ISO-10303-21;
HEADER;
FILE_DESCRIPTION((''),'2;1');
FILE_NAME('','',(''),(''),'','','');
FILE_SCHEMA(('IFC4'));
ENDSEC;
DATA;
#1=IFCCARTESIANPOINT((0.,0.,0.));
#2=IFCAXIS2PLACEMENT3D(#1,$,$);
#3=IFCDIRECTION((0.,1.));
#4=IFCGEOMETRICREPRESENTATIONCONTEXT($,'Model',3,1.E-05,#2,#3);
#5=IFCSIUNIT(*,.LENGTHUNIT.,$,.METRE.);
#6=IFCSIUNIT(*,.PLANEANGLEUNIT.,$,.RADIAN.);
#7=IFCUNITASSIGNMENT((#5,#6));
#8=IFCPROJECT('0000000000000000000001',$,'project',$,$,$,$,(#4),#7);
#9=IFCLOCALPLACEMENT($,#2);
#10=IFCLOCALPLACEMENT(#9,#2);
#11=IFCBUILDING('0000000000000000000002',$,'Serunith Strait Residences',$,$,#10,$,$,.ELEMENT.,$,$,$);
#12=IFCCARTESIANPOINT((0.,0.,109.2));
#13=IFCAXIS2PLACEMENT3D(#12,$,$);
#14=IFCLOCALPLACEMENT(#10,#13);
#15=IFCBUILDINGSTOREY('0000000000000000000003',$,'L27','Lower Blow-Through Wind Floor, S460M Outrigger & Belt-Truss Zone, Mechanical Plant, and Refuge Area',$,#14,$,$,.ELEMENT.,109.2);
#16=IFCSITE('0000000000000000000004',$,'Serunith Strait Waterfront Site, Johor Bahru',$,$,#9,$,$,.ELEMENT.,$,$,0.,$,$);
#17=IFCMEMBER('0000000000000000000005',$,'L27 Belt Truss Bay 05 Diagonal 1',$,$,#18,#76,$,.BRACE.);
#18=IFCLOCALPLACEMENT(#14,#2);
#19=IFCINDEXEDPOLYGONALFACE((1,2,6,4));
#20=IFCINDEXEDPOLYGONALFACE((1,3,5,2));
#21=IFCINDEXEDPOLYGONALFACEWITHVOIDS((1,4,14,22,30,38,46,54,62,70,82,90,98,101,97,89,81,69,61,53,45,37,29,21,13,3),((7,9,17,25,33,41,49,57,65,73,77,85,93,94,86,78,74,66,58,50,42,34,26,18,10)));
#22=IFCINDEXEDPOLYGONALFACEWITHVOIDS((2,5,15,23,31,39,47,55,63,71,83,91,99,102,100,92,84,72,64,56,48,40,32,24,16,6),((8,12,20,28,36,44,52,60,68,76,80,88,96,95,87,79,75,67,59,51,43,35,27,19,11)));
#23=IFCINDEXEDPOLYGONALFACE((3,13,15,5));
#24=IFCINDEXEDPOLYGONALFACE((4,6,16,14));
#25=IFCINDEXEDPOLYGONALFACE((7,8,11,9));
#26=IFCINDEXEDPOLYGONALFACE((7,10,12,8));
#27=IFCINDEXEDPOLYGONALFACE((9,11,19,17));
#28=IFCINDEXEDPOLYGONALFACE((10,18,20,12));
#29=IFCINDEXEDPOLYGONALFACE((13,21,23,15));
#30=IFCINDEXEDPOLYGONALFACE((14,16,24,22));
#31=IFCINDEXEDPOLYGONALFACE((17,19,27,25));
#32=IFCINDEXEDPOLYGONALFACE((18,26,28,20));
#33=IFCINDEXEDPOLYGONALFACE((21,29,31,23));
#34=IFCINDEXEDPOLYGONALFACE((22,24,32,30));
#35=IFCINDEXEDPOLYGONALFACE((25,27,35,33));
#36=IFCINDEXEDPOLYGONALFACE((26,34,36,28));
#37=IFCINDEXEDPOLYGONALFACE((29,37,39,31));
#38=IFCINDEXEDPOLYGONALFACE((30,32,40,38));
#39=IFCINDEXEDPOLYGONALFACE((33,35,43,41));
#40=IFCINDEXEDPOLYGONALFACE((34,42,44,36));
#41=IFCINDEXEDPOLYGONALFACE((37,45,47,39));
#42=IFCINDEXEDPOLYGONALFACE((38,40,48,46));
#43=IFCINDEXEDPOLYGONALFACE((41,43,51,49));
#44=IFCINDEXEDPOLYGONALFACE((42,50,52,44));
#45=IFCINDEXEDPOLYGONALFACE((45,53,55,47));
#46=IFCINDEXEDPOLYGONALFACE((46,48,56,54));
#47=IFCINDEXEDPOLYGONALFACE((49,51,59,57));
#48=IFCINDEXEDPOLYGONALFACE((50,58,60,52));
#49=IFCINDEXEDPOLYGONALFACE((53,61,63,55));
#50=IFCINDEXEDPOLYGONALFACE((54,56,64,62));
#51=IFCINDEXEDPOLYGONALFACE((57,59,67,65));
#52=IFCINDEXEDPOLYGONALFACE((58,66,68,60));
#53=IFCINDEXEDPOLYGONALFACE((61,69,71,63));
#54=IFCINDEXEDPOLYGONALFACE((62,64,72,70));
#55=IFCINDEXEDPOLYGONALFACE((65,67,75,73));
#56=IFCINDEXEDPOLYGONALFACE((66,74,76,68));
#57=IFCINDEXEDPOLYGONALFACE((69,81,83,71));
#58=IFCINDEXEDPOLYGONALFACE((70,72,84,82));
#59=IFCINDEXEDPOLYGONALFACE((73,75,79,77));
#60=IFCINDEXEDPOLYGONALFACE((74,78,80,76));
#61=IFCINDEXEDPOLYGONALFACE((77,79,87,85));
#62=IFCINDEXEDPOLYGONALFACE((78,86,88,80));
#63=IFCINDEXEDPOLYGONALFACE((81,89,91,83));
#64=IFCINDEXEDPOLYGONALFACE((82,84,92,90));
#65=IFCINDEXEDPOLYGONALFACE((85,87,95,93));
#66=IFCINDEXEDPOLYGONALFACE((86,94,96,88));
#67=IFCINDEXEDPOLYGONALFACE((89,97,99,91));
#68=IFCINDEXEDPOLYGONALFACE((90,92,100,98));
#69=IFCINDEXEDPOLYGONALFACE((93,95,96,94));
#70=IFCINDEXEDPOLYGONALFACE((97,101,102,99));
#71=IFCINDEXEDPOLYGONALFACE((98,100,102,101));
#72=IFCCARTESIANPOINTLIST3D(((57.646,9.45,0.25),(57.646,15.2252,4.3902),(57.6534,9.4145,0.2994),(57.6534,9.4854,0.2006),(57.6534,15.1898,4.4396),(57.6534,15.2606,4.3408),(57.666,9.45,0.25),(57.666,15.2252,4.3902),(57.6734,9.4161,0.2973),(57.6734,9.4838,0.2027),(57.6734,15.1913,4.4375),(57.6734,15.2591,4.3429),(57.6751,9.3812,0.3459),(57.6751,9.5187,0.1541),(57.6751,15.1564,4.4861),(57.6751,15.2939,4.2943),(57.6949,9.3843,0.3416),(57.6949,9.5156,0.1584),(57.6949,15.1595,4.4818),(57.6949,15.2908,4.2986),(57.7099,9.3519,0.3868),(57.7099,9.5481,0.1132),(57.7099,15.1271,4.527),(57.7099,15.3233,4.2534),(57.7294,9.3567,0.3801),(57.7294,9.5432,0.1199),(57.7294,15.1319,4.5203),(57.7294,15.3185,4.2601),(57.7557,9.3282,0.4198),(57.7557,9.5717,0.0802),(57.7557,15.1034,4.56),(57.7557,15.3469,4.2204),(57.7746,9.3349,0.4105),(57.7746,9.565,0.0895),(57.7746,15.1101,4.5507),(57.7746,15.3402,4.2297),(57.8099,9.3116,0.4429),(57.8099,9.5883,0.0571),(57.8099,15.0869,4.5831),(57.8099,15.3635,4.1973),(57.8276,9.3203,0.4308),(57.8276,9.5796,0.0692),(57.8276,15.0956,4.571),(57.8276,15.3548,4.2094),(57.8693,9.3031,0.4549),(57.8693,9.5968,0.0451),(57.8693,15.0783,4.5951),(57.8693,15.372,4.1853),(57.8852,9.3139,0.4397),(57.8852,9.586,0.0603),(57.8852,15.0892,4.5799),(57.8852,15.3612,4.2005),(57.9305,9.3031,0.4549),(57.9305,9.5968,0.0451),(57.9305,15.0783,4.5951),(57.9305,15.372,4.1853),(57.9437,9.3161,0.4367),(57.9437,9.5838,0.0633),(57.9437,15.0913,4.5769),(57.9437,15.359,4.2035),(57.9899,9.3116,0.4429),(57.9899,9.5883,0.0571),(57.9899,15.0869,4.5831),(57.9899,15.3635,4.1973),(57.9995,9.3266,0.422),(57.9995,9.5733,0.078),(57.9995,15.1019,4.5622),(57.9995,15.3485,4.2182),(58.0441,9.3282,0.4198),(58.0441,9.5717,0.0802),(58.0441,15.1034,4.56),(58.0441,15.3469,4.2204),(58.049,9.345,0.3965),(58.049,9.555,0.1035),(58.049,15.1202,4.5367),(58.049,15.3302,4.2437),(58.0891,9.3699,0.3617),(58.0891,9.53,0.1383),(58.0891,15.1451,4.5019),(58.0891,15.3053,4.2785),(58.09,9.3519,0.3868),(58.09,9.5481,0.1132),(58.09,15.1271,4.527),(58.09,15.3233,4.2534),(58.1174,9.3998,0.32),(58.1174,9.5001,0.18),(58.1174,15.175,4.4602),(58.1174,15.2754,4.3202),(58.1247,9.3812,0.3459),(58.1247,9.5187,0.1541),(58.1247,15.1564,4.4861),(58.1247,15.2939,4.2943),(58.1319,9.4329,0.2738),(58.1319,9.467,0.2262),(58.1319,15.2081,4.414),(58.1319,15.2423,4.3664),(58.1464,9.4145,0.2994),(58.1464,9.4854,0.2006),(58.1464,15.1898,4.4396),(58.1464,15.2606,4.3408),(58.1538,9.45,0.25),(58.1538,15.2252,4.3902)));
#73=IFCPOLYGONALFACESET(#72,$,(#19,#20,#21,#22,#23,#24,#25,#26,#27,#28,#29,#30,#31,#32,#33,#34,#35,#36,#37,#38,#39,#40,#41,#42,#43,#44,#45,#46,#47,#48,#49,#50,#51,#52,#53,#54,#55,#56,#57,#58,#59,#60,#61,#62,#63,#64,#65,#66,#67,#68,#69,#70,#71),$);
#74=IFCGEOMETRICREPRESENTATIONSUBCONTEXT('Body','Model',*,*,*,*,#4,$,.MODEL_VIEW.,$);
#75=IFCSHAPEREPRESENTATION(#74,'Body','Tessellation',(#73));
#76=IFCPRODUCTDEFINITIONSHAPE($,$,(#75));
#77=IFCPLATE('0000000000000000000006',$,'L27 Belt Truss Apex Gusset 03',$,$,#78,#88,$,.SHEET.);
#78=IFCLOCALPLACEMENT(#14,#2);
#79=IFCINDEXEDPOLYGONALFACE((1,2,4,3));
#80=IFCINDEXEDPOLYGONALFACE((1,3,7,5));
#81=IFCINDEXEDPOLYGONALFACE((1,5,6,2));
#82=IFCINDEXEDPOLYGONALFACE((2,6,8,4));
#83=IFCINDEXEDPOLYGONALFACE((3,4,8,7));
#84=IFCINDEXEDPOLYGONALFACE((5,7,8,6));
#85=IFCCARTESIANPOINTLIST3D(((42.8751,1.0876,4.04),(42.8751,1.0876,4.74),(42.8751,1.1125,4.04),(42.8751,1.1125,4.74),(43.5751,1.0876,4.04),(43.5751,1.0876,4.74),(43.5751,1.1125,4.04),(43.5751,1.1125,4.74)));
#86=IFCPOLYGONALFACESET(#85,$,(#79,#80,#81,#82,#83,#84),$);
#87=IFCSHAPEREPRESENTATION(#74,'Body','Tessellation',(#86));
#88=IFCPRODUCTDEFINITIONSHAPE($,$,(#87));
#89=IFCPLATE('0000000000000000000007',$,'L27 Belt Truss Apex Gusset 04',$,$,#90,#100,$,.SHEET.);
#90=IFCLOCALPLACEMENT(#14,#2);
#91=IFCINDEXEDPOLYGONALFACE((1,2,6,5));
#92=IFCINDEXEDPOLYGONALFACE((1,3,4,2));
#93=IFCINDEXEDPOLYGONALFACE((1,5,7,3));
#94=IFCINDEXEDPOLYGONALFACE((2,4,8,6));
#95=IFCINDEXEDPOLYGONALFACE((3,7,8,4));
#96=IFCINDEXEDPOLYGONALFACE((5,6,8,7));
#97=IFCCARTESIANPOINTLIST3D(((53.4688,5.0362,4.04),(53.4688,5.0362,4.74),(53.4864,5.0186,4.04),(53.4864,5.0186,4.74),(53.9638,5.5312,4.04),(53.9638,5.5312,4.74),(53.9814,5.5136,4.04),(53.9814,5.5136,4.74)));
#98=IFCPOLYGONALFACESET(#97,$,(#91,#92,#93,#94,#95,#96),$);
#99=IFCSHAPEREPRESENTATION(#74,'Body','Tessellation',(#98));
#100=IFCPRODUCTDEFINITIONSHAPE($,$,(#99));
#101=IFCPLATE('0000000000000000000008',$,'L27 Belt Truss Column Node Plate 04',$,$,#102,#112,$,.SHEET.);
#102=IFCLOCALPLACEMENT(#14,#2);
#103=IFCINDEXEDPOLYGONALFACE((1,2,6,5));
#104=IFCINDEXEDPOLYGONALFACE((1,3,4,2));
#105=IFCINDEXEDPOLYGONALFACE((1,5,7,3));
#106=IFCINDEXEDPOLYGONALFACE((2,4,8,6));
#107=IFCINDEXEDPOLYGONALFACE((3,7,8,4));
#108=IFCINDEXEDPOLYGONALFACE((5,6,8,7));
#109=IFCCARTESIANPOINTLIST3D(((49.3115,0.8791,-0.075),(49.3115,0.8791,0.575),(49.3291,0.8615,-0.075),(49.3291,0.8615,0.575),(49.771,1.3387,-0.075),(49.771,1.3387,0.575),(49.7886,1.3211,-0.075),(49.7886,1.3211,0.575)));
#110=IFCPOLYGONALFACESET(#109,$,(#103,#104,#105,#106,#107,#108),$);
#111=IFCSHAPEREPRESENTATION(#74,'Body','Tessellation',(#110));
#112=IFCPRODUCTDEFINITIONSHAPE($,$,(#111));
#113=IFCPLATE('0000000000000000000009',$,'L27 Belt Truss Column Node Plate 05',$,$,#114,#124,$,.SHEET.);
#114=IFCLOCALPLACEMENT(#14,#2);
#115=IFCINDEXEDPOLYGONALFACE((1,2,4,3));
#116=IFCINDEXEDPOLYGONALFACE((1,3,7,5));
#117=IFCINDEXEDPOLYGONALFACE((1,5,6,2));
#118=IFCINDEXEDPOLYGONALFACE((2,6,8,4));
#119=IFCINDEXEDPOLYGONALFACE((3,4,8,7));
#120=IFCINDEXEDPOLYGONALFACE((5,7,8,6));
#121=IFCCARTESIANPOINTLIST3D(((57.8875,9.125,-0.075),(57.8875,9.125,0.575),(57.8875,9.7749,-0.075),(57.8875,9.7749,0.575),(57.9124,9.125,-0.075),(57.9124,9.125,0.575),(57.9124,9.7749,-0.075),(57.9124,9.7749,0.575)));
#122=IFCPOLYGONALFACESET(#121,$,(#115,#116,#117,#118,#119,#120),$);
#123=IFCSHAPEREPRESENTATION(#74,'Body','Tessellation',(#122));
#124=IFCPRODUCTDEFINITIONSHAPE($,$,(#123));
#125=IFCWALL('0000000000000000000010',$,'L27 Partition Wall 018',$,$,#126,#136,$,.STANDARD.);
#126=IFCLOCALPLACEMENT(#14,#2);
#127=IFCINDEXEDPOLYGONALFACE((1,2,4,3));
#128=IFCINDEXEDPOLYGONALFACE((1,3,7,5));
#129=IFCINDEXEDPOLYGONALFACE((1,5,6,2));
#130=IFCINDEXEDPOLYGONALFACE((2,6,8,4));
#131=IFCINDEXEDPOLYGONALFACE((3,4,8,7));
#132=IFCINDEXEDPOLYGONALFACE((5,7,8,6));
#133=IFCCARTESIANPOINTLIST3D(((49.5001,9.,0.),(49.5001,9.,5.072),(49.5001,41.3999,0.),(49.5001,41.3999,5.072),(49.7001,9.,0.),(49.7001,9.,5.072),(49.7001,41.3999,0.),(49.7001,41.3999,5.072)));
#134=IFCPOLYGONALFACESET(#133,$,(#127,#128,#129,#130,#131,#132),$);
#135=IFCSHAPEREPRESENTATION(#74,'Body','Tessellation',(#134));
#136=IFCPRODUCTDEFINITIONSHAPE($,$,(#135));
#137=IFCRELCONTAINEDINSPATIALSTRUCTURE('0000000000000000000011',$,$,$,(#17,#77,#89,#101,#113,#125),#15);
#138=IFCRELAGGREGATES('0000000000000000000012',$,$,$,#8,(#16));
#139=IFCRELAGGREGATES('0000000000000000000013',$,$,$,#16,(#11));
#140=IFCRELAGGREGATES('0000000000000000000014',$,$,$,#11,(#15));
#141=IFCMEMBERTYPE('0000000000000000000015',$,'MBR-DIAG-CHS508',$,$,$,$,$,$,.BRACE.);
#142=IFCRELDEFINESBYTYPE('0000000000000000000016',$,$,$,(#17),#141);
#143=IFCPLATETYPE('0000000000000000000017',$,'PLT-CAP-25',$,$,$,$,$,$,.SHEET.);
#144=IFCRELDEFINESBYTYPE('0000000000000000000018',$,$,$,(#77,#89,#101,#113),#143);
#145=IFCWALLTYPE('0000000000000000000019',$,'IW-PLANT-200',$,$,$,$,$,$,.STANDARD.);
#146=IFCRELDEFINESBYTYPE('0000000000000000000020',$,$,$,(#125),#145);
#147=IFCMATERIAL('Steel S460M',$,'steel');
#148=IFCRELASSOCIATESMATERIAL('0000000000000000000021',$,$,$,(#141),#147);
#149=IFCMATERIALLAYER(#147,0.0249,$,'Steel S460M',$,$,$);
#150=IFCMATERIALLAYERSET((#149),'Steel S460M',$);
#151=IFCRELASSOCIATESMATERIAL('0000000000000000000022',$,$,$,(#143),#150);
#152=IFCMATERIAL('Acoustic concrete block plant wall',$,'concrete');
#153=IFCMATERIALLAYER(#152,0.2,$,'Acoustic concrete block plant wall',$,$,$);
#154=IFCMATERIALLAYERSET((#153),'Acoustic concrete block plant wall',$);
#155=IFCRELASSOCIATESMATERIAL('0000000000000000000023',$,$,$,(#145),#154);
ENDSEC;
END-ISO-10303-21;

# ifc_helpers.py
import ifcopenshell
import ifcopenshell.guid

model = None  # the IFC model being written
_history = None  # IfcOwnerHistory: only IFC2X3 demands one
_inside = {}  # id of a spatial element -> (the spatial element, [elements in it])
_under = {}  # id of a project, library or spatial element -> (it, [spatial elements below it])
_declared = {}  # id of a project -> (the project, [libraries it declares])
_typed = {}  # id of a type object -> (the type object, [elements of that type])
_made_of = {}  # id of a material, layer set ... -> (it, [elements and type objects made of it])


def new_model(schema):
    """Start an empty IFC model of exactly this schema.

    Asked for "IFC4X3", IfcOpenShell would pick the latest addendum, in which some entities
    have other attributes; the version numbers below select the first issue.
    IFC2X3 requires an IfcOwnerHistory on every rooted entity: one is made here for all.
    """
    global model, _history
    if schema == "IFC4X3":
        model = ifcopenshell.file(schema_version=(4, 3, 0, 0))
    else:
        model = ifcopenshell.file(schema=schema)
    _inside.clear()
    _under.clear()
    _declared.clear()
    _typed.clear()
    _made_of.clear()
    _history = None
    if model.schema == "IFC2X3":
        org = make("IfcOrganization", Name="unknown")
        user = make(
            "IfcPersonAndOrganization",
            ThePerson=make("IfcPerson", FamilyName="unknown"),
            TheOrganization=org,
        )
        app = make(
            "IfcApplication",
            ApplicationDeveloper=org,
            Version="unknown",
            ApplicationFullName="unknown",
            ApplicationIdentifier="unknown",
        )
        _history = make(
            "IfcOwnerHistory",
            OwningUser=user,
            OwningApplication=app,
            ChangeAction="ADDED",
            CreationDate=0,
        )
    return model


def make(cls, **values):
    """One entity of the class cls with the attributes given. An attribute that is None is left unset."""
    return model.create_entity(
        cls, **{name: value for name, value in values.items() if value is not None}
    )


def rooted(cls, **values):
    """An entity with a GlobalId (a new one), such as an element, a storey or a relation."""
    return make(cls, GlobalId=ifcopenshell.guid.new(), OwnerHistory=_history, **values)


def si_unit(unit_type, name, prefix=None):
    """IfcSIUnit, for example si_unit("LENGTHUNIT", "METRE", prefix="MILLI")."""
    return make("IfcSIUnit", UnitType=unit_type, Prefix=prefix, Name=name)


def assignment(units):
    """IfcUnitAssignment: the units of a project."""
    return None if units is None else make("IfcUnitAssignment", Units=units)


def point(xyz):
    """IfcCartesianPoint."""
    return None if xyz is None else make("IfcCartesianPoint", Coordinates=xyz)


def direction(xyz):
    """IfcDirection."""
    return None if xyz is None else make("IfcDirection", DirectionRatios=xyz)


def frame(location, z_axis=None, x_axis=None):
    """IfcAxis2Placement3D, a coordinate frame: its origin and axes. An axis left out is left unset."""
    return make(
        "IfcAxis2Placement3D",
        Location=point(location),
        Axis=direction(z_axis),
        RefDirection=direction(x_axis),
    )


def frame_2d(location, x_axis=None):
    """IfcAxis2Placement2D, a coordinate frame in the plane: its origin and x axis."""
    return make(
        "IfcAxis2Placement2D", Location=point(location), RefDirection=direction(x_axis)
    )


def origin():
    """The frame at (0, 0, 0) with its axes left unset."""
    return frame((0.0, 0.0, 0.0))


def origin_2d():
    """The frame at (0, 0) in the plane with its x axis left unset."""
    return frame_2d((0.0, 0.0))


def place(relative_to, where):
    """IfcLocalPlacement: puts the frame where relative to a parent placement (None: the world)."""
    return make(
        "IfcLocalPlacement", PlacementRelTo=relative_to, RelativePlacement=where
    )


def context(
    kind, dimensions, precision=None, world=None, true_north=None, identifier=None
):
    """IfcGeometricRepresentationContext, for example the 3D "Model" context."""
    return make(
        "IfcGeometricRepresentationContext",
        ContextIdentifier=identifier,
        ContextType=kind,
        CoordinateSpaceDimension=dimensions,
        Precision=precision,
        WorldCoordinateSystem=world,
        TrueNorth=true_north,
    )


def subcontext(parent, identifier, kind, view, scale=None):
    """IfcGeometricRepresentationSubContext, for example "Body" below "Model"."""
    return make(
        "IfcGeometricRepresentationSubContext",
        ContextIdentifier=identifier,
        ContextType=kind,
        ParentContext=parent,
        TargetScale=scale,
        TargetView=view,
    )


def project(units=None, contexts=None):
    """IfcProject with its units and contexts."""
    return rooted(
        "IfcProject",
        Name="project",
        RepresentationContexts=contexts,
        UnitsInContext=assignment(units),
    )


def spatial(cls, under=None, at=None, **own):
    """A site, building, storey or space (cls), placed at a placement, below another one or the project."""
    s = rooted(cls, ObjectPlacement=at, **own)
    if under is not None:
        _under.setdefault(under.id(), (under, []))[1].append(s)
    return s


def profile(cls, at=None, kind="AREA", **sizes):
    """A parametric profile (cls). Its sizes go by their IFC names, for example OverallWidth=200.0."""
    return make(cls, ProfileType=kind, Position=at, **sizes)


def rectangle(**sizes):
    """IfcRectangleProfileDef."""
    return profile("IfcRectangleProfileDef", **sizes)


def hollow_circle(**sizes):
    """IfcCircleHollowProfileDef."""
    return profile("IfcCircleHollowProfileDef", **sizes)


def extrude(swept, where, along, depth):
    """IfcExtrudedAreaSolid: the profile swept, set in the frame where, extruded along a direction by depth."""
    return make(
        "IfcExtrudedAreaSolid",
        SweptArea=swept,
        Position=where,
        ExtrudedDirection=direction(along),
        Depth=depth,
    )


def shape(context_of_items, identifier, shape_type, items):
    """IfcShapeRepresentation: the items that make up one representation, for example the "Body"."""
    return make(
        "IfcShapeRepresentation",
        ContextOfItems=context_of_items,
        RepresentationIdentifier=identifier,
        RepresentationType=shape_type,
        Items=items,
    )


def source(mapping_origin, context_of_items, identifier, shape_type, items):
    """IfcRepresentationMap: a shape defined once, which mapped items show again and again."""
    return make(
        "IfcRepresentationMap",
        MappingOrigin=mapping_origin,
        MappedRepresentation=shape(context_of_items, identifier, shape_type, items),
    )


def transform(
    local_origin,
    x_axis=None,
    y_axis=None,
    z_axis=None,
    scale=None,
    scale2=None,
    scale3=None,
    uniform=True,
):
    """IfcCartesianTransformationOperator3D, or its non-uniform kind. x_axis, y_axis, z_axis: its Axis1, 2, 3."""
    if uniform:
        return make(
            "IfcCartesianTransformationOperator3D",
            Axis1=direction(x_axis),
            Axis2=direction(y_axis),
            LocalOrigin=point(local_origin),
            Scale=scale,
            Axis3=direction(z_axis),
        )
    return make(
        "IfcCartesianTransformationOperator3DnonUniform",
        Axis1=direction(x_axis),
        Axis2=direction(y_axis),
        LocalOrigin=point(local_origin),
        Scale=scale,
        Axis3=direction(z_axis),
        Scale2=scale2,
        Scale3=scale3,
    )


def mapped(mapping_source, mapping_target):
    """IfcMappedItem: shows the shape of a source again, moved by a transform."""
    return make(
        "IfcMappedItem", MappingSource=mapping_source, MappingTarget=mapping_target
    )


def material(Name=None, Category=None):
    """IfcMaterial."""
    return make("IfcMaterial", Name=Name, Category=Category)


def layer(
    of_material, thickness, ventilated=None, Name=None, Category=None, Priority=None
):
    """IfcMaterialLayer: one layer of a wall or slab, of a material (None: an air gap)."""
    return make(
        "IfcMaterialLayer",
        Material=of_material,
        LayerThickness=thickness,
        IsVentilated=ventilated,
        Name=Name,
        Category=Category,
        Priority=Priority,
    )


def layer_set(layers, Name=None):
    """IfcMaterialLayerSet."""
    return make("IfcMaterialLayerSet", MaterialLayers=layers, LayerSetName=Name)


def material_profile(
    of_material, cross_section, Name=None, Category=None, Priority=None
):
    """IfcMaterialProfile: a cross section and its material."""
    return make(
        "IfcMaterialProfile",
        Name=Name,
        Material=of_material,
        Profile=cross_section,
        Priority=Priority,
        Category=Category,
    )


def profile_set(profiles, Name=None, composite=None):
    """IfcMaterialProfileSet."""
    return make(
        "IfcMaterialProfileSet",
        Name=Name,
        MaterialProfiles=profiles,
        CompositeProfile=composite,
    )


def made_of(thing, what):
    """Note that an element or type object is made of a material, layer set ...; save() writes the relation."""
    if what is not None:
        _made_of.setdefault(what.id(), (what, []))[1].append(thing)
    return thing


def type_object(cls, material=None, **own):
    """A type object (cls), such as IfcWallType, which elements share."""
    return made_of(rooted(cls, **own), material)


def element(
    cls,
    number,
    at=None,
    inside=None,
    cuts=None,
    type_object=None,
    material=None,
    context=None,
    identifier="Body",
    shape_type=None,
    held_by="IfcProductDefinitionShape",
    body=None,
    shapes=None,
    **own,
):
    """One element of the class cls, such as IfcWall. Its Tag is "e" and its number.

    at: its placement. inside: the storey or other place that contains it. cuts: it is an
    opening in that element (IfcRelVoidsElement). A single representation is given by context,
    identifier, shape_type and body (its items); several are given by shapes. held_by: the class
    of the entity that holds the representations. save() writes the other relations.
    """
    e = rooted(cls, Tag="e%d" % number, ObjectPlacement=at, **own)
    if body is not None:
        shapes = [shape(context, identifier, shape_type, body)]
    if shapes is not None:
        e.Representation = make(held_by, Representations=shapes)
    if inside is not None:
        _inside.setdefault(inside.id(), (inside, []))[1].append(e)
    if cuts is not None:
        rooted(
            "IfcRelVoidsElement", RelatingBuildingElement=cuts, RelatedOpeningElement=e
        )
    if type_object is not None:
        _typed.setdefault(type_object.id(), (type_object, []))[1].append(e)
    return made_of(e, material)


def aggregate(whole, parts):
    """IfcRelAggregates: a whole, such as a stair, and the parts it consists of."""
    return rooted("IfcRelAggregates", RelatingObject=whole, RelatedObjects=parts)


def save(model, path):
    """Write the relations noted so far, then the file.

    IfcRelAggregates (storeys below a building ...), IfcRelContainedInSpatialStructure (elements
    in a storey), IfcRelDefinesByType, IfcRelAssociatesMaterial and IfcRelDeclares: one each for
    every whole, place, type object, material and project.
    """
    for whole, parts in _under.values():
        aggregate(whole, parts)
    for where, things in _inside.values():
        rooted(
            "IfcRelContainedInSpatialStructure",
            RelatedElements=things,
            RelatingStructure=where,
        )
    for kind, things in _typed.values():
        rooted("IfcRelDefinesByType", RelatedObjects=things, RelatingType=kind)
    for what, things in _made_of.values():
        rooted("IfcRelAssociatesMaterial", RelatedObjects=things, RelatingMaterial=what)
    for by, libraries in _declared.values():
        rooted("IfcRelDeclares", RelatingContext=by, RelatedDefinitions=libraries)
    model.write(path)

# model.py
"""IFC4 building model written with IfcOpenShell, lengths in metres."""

from ifc_helpers import new_model, si_unit, direction, frame, frame_2d, origin, origin_2d, place, context, subcontext, project, spatial, rectangle, hollow_circle, extrude, source, transform, mapped, material, layer, layer_set, material_profile, profile_set, type_object, element, save


model = new_model("IFC4")

# Units and contexts
model_context = context("Model", 3, precision=1e-05, world=origin(), true_north=direction((0.0, 1.0)))
body_context = subcontext(model_context, "Body", "Model", "MODEL_VIEW")
ifc_project = project(units=[si_unit("LENGTHUNIT", "METRE"), si_unit("PLANEANGLEUNIT", "RADIAN")], contexts=[model_context])

# Site, building, storey
site_placement = place(None, origin())
site = spatial("IfcSite", under=ifc_project, at=site_placement, Name="Serunith Strait Waterfront Site, Johor Bahru", CompositionType="ELEMENT", RefElevation=0.0)
building_placement = place(site_placement, origin())
building = spatial("IfcBuilding", under=site, at=building_placement, Name="Serunith Strait Residences", CompositionType="ELEMENT")
storey_placement = place(building_placement, frame((0.0, 0.0, 109.2)))
storey = spatial("IfcBuildingStorey", under=building, at=storey_placement, Name="L27", Description="Lower Blow-Through Wind Floor, S460M Outrigger & Belt-Truss Zone, Mechanical Plant, and Refuge Area", CompositionType="ELEMENT", Elevation=109.2)

# Member
ifc_material_1 = material(Name="Steel S460M", Category="steel")
ifc_material_profile_1 = material_profile(ifc_material_1, hollow_circle(Radius=0.2539, WallThickness=0.02, at=origin_2d()), Name="CHS 508x20")
ifc_profile_set_1 = profile_set([ifc_material_profile_1], Name="Steel S460M")
member_type_1 = type_object("IfcMemberType", Name="MBR-DIAG-CHS508", PredefinedType="BRACE", material=ifc_profile_set_1)
shared_shape_1 = source(origin(), body_context, "Body", "SweptSolid", [
    extrude(hollow_circle(Radius=0.2539, WallThickness=0.02, at=origin_2d()), origin(), (0.0, 0.0, 1.0), 7.106),
])
member_1_placement = place(storey_placement, frame((57.8999, 9.45, 0.25), z_axis=(0.0, 0.812732, 0.582638), x_axis=(-1.0, 0.0, 0.0)))
element("IfcMember", 1, at=member_1_placement, inside=storey, type_object=member_type_1, Name="L27 Belt Truss Bay 05 Diagonal 1", PredefinedType="BRACE", context=body_context, shape_type="MappedRepresentation", body=[
    mapped(shared_shape_1, transform((0.0, 0.0, 0.0), scale=1.0)),
])

# Plates
ifc_layer_1 = layer(ifc_material_1, 0.0249, Name="Steel S460M")
ifc_layer_set_1 = layer_set([ifc_layer_1], Name="Steel S460M")
plate_type = type_object("IfcPlateType", Name="PLT-CAP-25", PredefinedType="SHEET", material=ifc_layer_set_1)
shared_shape_2 = source(origin(), body_context, "Body", "SweptSolid", [
    extrude(rectangle(XDim=0.7, YDim=0.0249, at=origin_2d()), origin(), (0.0, 0.0, 1.0), 0.7),
])
for number, where, z_axis, x_axis, name in (
    (2, (43.2251, 1.1001, 4.04), (0.0, 0.0, 1.0), (1.0, 0.0, 0.0), "L27 Belt Truss Apex Gusset 03"),
    (3, (53.7251, 5.2749, 4.04), (0.0, 0.0, 1.0), (0.707107, 0.707107, 0.0), "L27 Belt Truss Apex Gusset 04"),
):
    element("IfcPlate", number, at=place(storey_placement, frame(where, z_axis=z_axis, x_axis=x_axis)), inside=storey, type_object=plate_type, Name=name, PredefinedType="SHEET", context=body_context, shape_type="MappedRepresentation", body=[
        mapped(shared_shape_2, transform((0.0, 0.0, 0.0), scale=1.0)),
    ])
shared_shape_3 = source(origin(), body_context, "Body", "SweptSolid", [
    extrude(rectangle(XDim=0.6499, YDim=0.0249, at=origin_2d()), origin(), (0.0, 0.0, 1.0), 0.6499),
])
for number, where, z_axis, x_axis, name in (
    (4, (49.55, 1.1001, -0.075), (0.0, 0.0, 1.0), (0.707107, 0.707107, 0.0), "L27 Belt Truss Column Node Plate 04"),
    (5, (57.8999, 9.45, -0.075), (0.0, 0.0, 1.0), (0.0, 1.0, 0.0), "L27 Belt Truss Column Node Plate 05"),
):
    element("IfcPlate", number, at=place(storey_placement, frame(where, z_axis=z_axis, x_axis=x_axis)), inside=storey, type_object=plate_type, Name=name, PredefinedType="SHEET", context=body_context, shape_type="MappedRepresentation", body=[
        mapped(shared_shape_3, transform((0.0, 0.0, 0.0), scale=1.0)),
    ])

# Wall
ifc_material_2 = material(Name="Acoustic concrete block plant wall", Category="concrete")
ifc_layer_2 = layer(ifc_material_2, 0.2, Name="Acoustic concrete block plant wall")
ifc_layer_set_2 = layer_set([ifc_layer_2], Name="Acoustic concrete block plant wall")
wall_type = type_object("IfcWallType", Name="IW-PLANT-200", PredefinedType="STANDARD", material=ifc_layer_set_2)
wall_placement = place(storey_placement, frame((49.6001, 9.0, 0.0), z_axis=(0.0, 0.0, 1.0), x_axis=(0.0, 1.0, 0.0)))
element("IfcWall", 6, at=wall_placement, inside=storey, type_object=wall_type, Name="L27 Partition Wall 018", PredefinedType="STANDARD", context=body_context, shape_type="SweptSolid", body=[
    extrude(rectangle(XDim=32.3999, YDim=0.2, at=frame_2d((16.2, 0.0))), origin(), (0.0, 0.0, 1.0), 5.072),
])

save(model, "model.ifc")
